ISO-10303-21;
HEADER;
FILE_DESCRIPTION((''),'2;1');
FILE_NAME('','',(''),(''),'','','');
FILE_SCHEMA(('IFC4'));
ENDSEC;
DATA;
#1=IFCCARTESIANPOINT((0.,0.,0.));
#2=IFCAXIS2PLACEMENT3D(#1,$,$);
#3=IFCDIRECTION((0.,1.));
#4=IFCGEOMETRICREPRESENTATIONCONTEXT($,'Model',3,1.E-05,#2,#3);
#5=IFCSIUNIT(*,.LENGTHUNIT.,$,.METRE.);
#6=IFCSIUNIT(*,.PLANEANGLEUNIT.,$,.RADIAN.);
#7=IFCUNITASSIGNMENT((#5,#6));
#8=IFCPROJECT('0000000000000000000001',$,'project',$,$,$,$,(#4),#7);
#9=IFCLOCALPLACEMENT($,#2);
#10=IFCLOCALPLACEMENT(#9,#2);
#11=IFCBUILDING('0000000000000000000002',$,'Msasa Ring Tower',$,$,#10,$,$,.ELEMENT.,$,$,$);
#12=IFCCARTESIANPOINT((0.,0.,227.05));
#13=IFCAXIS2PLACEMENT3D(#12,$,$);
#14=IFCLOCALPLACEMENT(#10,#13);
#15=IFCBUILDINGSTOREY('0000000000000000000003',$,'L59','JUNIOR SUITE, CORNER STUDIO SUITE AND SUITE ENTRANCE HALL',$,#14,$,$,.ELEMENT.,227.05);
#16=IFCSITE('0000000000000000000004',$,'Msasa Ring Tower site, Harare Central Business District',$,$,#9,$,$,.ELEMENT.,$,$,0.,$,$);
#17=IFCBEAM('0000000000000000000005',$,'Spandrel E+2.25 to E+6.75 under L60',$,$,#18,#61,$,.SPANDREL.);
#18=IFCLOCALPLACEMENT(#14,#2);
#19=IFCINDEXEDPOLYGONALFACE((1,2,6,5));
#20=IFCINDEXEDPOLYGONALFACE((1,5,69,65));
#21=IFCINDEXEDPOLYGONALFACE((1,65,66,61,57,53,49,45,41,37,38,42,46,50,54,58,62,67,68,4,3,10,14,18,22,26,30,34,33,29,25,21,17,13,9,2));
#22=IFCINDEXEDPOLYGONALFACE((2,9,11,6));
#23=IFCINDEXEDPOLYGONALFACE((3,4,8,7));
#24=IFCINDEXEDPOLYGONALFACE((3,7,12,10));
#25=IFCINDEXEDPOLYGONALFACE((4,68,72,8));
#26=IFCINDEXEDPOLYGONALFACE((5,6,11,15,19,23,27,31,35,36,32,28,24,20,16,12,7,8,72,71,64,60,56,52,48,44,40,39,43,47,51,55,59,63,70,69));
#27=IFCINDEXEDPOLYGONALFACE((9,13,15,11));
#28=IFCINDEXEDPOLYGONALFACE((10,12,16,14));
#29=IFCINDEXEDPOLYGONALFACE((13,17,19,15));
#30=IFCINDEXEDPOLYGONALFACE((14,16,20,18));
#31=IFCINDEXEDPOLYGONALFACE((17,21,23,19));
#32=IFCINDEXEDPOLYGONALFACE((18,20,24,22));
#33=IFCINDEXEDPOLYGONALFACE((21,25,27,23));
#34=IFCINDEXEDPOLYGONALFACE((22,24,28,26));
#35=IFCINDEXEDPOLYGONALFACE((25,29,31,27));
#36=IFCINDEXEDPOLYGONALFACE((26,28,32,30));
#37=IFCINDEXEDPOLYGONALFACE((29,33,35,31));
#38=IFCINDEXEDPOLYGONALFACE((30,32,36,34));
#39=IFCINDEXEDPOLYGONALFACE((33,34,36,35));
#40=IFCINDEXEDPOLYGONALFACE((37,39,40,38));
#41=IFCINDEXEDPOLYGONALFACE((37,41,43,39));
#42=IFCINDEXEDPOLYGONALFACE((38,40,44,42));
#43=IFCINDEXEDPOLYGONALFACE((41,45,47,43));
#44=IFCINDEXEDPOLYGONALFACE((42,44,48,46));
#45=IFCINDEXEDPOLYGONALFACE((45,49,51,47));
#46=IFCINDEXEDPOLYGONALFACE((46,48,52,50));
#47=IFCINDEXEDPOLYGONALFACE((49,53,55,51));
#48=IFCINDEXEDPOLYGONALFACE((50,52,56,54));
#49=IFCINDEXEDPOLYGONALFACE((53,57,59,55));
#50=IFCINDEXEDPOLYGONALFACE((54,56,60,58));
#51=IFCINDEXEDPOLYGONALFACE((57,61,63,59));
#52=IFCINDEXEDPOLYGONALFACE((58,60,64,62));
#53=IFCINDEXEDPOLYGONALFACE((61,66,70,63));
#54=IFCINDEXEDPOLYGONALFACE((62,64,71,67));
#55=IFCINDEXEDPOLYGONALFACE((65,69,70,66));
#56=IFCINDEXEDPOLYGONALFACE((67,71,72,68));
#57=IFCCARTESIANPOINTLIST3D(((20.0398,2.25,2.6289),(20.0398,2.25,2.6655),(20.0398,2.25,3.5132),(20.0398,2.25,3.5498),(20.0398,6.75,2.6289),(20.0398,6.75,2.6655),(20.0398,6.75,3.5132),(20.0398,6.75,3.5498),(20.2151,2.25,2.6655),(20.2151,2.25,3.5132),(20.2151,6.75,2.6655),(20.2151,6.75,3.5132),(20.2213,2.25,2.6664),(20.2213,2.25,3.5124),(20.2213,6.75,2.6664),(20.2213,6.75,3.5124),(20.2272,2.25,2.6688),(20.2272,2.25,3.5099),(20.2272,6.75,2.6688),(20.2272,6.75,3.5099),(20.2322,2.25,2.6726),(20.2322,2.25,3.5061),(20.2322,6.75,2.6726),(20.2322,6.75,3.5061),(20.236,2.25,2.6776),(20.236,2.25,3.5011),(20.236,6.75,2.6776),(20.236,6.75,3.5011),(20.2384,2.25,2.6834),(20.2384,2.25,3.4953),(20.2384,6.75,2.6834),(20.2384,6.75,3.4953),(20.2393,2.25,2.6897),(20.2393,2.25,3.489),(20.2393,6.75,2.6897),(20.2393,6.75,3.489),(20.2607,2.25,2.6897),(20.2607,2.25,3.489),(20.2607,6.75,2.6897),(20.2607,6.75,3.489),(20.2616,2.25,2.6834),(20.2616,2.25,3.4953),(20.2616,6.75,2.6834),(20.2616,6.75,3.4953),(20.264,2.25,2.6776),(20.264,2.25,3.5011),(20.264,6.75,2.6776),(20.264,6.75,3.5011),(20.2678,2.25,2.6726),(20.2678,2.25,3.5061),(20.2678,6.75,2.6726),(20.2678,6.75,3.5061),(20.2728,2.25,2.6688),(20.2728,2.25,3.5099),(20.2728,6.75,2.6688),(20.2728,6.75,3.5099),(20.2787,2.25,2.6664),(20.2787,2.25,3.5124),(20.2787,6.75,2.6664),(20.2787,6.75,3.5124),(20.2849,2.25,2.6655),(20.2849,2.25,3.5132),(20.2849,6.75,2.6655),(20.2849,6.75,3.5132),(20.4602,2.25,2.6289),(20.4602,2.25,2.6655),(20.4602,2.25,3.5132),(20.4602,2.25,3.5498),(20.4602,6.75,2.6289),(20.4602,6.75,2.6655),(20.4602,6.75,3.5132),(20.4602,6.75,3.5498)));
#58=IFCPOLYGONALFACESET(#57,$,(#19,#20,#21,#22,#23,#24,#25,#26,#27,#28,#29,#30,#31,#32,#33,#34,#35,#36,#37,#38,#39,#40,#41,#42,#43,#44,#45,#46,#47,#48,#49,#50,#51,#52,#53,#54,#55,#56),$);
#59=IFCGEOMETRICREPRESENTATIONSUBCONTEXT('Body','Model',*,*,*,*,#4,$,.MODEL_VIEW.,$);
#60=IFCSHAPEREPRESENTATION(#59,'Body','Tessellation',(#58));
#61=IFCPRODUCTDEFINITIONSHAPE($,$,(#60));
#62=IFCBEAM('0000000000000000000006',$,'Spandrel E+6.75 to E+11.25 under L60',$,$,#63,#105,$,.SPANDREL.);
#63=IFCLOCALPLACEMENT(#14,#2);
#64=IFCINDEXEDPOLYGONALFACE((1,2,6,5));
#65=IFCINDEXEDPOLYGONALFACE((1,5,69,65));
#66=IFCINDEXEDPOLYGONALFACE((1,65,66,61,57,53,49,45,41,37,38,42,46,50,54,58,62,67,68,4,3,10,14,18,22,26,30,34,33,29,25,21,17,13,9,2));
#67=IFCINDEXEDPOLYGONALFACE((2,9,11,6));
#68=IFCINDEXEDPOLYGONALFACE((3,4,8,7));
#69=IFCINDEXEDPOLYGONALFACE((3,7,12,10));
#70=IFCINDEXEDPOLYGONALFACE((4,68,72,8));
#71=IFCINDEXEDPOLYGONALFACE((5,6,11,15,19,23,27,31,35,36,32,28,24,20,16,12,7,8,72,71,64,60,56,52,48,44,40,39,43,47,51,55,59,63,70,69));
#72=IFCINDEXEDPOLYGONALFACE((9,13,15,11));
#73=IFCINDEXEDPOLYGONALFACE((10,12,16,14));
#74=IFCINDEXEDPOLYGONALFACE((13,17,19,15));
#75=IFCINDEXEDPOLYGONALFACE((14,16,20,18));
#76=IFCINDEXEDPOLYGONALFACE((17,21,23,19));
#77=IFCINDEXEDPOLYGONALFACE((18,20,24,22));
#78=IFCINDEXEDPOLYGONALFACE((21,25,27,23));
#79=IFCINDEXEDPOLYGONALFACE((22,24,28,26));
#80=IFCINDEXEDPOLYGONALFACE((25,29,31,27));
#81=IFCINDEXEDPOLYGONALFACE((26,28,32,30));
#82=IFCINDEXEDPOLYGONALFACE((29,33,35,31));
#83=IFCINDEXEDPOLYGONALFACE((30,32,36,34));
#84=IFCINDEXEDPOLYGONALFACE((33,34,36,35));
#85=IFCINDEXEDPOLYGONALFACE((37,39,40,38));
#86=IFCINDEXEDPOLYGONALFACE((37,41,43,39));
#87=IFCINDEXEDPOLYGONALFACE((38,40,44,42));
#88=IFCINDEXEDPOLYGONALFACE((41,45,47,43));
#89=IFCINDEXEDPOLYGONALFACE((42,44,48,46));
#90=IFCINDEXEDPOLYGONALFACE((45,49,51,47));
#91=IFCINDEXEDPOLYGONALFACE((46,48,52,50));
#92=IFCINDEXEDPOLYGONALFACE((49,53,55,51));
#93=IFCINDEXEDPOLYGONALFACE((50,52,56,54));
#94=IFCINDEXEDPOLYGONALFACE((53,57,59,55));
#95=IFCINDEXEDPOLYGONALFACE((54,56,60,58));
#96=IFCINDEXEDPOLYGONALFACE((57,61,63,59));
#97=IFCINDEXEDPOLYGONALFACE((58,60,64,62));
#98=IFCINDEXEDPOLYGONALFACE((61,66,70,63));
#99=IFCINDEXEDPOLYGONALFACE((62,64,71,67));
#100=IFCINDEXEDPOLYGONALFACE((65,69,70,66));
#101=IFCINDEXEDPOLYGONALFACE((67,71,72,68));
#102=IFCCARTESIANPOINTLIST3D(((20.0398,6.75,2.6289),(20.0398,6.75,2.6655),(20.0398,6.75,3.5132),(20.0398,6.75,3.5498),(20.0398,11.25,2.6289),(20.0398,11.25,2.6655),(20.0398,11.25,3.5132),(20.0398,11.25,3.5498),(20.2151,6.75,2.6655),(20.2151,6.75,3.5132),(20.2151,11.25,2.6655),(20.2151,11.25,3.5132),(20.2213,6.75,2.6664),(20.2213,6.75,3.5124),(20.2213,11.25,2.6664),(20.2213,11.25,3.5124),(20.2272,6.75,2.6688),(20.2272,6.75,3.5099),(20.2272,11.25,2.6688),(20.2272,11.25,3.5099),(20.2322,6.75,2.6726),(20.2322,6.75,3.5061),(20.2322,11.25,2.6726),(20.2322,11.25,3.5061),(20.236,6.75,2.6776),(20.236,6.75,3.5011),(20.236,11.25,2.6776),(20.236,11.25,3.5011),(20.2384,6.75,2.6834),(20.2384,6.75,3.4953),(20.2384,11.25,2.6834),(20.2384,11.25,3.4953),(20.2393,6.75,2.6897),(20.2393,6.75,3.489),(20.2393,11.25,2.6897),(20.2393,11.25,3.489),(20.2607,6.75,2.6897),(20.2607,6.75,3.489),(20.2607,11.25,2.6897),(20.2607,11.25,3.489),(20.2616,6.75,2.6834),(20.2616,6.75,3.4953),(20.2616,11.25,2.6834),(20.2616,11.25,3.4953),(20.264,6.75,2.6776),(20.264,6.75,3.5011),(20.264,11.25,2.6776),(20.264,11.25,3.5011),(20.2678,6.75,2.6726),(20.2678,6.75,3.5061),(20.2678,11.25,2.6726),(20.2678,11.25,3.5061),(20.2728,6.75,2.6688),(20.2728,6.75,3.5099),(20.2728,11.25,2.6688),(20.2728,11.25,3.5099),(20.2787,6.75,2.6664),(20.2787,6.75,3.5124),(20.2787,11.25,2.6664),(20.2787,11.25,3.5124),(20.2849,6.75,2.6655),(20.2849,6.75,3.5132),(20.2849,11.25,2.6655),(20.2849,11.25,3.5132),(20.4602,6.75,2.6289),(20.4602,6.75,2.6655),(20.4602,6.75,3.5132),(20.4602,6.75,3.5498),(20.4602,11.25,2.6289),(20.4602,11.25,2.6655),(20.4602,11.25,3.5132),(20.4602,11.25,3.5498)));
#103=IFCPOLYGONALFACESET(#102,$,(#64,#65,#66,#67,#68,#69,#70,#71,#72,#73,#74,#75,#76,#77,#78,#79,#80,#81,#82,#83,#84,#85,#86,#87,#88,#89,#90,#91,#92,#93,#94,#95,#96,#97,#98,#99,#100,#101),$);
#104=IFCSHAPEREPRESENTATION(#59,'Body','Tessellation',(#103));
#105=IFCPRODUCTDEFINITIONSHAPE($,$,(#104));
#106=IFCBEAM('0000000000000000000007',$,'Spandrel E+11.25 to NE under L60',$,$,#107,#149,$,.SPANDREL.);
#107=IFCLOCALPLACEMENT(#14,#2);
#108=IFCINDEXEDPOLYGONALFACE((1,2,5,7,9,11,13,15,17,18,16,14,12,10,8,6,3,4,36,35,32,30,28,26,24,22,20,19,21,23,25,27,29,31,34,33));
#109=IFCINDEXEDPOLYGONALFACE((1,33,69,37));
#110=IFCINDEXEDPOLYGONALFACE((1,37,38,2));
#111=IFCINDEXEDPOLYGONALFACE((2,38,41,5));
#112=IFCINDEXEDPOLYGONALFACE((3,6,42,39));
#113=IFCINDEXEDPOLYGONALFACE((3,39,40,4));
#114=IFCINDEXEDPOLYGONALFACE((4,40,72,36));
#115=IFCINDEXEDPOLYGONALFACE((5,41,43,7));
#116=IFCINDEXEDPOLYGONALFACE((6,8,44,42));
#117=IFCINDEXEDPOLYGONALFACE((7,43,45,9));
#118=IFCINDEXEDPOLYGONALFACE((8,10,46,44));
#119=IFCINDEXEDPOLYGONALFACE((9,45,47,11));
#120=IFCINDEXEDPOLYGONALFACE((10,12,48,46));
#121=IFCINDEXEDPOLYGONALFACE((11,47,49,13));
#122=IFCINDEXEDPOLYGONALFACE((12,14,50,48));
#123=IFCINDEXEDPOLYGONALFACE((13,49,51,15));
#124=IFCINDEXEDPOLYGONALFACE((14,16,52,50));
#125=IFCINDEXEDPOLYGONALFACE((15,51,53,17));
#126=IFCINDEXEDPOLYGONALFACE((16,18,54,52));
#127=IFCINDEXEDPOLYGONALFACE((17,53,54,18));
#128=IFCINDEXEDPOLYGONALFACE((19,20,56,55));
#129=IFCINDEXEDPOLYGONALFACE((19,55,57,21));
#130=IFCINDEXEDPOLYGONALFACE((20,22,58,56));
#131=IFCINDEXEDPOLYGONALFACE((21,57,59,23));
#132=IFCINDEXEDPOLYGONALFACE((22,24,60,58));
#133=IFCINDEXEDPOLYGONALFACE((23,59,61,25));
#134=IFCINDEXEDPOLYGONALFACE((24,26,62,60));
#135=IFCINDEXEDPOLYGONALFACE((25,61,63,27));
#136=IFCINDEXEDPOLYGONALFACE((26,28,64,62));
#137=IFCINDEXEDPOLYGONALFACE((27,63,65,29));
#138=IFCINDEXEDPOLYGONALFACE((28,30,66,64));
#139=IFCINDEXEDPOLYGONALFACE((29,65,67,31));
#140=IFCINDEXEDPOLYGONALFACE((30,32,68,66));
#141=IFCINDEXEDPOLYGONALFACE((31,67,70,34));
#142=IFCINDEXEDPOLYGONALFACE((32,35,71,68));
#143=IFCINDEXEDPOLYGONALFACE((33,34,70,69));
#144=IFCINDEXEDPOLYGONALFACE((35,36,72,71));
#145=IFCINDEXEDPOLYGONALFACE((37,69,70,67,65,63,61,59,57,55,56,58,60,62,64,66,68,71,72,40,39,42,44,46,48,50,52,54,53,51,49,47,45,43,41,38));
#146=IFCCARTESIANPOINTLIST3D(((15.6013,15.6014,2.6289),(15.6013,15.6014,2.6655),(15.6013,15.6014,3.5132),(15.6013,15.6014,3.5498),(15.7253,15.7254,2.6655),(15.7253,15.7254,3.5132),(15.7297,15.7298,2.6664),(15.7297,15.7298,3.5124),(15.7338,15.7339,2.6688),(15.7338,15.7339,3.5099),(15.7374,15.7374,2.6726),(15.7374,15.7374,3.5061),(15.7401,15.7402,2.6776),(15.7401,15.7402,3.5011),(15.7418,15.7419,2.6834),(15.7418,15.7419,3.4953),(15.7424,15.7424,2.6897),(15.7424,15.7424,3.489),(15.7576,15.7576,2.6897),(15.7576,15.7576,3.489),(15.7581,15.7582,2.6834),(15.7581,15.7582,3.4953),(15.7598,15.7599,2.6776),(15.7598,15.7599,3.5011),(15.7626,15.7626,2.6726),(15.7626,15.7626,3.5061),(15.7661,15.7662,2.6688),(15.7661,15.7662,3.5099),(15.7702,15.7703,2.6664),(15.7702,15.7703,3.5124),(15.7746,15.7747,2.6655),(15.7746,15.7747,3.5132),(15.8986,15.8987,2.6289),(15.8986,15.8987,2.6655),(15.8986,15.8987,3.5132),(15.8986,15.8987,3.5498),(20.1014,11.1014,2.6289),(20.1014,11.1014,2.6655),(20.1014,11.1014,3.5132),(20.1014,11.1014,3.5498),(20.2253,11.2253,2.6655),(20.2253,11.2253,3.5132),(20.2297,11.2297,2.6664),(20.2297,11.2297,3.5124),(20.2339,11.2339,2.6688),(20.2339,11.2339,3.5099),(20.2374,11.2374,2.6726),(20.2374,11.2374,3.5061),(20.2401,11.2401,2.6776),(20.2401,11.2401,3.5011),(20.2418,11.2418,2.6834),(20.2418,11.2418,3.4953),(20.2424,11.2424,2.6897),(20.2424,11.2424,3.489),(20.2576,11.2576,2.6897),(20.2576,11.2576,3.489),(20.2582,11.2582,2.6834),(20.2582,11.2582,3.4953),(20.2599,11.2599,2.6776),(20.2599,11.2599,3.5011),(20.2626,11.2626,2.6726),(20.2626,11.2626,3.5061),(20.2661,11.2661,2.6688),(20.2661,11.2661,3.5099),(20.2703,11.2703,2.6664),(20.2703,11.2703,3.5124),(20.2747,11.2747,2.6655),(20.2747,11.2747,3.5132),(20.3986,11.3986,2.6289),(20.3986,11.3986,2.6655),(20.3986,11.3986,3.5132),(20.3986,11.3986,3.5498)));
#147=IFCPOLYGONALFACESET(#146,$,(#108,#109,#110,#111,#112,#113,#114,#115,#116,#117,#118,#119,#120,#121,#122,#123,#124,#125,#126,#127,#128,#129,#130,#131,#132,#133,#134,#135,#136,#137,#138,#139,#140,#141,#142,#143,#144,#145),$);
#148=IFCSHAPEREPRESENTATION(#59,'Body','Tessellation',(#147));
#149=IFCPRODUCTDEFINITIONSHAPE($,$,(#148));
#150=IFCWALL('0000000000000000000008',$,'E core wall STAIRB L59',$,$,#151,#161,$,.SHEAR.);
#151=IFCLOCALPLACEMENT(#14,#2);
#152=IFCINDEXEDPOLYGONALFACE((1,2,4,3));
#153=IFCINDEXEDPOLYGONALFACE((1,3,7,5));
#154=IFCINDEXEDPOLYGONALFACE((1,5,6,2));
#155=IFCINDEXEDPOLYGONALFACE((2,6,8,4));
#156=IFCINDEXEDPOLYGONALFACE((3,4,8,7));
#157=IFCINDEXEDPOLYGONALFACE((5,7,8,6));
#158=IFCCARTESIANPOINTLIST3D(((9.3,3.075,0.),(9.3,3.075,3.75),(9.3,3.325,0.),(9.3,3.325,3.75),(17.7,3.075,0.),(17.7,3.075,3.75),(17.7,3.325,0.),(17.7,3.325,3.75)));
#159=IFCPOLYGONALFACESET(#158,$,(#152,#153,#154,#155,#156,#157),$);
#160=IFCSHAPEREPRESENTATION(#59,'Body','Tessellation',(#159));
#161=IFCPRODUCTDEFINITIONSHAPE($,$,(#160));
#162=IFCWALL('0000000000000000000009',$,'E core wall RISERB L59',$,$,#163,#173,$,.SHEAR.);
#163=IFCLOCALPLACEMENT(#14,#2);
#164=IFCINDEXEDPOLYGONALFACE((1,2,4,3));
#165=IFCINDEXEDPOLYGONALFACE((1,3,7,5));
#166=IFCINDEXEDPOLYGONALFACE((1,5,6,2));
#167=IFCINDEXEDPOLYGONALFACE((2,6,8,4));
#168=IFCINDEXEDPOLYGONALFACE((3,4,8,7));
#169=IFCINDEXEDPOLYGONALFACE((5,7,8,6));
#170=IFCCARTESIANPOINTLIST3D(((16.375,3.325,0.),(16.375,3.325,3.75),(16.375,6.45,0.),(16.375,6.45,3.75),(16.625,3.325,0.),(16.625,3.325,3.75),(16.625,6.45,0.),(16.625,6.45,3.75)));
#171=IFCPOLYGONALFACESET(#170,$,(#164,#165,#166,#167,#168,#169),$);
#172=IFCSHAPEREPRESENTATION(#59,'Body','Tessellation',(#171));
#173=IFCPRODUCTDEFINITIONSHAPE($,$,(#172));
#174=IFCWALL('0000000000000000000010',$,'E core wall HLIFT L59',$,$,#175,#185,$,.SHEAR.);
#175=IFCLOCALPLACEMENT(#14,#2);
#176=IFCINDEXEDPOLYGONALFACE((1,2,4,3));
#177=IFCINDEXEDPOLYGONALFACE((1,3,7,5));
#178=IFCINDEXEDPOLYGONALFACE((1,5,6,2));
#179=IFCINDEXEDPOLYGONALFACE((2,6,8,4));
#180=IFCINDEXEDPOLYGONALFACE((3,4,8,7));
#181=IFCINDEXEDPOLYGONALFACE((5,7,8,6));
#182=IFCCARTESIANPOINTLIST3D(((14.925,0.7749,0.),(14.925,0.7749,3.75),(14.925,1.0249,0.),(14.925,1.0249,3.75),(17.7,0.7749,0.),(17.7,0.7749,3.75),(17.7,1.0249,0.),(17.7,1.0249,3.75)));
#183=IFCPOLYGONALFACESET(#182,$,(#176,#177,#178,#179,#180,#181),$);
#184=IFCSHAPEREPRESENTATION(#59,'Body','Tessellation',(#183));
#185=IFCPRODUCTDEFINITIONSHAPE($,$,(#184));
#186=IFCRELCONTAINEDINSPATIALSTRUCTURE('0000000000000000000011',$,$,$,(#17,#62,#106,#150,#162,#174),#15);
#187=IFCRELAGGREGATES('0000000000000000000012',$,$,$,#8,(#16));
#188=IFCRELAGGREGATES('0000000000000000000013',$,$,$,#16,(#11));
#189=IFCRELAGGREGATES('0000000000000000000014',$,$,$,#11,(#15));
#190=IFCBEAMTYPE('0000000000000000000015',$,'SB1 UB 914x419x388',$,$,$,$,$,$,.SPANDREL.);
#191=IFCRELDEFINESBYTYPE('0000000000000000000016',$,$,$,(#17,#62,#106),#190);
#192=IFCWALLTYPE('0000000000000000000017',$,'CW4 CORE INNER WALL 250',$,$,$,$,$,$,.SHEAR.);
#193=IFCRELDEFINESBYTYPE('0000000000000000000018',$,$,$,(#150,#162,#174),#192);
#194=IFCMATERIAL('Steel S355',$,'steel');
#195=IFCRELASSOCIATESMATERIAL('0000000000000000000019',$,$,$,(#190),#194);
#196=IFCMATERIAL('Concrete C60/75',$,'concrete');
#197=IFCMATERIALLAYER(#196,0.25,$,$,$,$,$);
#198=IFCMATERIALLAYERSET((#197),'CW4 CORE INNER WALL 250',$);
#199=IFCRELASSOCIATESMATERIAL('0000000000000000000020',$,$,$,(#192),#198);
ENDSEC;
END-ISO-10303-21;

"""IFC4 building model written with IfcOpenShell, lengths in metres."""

from ifc_helpers import new_model, si_unit, direction, frame, frame_2d, origin, origin_2d, place, context, subcontext, project, spatial, rectangle, i_section, extrude, material, layer, layer_set, material_profile, profile_set, type_object, element, save


model = new_model("IFC4")

# Units and contexts
model_context = context("Model", 3, precision=1e-05, world=origin(), true_north=direction((0.0, 1.0)))
body_context = subcontext(model_context, "Body", "Model", "MODEL_VIEW")
ifc_project = project(units=[si_unit("LENGTHUNIT", "METRE"), si_unit("PLANEANGLEUNIT", "RADIAN")], contexts=[model_context])

# Site, building, storey
site_placement = place(None, origin())
site = spatial("IfcSite", under=ifc_project, at=site_placement, Name="Msasa Ring Tower site, Harare Central Business District", CompositionType="ELEMENT", RefElevation=0.0)
building_placement = place(site_placement, origin())
building = spatial("IfcBuilding", under=site, at=building_placement, Name="Msasa Ring Tower", CompositionType="ELEMENT")
storey_placement = place(building_placement, frame((0.0, 0.0, 227.05)))
storey = spatial("IfcBuildingStorey", under=building, at=storey_placement, Name="L59", Description="JUNIOR SUITE, CORNER STUDIO SUITE AND SUITE ENTRANCE HALL", CompositionType="ELEMENT", Elevation=227.05)

# Beams
ifc_material_1 = material(Name="Steel S355", Category="steel")
ifc_material_profile_1 = material_profile(ifc_material_1, i_section(OverallWidth=0.4204, OverallDepth=0.9209, WebThickness=0.0215, FlangeThickness=0.0366, FilletRadius=0.0242, at=origin_2d()), Name="UB 914x419x388")
ifc_profile_set_1 = profile_set([ifc_material_profile_1], Name="Steel S355")
beam_type_1 = type_object("IfcBeamType", Name="SB1 UB 914x419x388", PredefinedType="SPANDREL", material=ifc_profile_set_1)
for number, where, z_axis, x_axis, name in (
    (1, (20.25, 2.25, 3.0894), (0.0, 1.0, 0.0), (-1.0, 0.0, 0.0), "Spandrel E+2.25 to E+6.75 under L60"),
    (2, (20.25, 6.75, 3.0894), (0.0, 1.0, 0.0), (-1.0, 0.0, 0.0), "Spandrel E+6.75 to E+11.25 under L60"),
):
    element("IfcBeam", number, at=place(storey_placement, frame(where, z_axis=z_axis, x_axis=x_axis)), inside=storey, type_object=beam_type_1, Name=name, PredefinedType="SPANDREL", context=body_context, shape_type="SweptSolid", body=[
        extrude(i_section(OverallWidth=0.4204, OverallDepth=0.9209, WebThickness=0.0215, FlangeThickness=0.0366, FilletRadius=0.0242, at=origin_2d()), origin(), (0.0, 0.0, 1.0), 4.5),
    ])
beam_1_placement = place(storey_placement, frame((20.25, 11.25, 3.0894), z_axis=(-0.707107, 0.707107, 0.0), x_axis=(-0.707107, -0.707107, 0.0)))
element("IfcBeam", 3, at=beam_1_placement, inside=storey, type_object=beam_type_1, Name="Spandrel E+11.25 to NE under L60", PredefinedType="SPANDREL", context=body_context, shape_type="SweptSolid", body=[
    extrude(i_section(OverallWidth=0.4204, OverallDepth=0.9209, WebThickness=0.0215, FlangeThickness=0.0366, FilletRadius=0.0242, at=origin_2d()), origin(), (0.0, 0.0, 1.0), 6.364),
])

# Walls
ifc_material_2 = material(Name="Concrete C60/75", Category="concrete")
ifc_layer_1 = layer(ifc_material_2, 0.25)
ifc_layer_set_1 = layer_set([ifc_layer_1], Name="CW4 CORE INNER WALL 250")
wall_type_1 = type_object("IfcWallType", Name="CW4 CORE INNER WALL 250", PredefinedType="SHEAR", material=ifc_layer_set_1)
wall_1_placement = place(storey_placement, frame((9.3, 3.2, 0.0), z_axis=(0.0, 0.0, 1.0), x_axis=(1.0, 0.0, 0.0)))
element("IfcWall", 4, at=wall_1_placement, inside=storey, type_object=wall_type_1, Name="E core wall STAIRB L59", PredefinedType="SHEAR", context=body_context, shape_type="SweptSolid", body=[
    extrude(rectangle(XDim=8.3999, YDim=0.25, at=frame_2d((4.2, 0.0))), origin(), (0.0, 0.0, 1.0), 3.75),
])
wall_2_placement = place(storey_placement, frame((16.5, 3.325, 0.0), z_axis=(0.0, 0.0, 1.0), x_axis=(0.0, 1.0, 0.0)))
element("IfcWall", 5, at=wall_2_placement, inside=storey, type_object=wall_type_1, Name="E core wall RISERB L59", PredefinedType="SHEAR", context=body_context, shape_type="SweptSolid", body=[
    extrude(rectangle(XDim=3.125, YDim=0.25, at=frame_2d((1.5625, 0.0))), origin(), (0.0, 0.0, 1.0), 3.75),
])
wall_3_placement = place(storey_placement, frame((14.925, 0.8999, 0.0), z_axis=(0.0, 0.0, 1.0), x_axis=(1.0, 0.0, 0.0)))
element("IfcWall", 6, at=wall_3_placement, inside=storey, type_object=wall_type_1, Name="E core wall HLIFT L59", PredefinedType="SHEAR", context=body_context, shape_type="SweptSolid", body=[
    extrude(rectangle(XDim=2.7749, YDim=0.25, at=frame_2d((1.3875, 0.0))), origin(), (0.0, 0.0, 1.0), 3.75),
])

save(model, "model.ifc")
